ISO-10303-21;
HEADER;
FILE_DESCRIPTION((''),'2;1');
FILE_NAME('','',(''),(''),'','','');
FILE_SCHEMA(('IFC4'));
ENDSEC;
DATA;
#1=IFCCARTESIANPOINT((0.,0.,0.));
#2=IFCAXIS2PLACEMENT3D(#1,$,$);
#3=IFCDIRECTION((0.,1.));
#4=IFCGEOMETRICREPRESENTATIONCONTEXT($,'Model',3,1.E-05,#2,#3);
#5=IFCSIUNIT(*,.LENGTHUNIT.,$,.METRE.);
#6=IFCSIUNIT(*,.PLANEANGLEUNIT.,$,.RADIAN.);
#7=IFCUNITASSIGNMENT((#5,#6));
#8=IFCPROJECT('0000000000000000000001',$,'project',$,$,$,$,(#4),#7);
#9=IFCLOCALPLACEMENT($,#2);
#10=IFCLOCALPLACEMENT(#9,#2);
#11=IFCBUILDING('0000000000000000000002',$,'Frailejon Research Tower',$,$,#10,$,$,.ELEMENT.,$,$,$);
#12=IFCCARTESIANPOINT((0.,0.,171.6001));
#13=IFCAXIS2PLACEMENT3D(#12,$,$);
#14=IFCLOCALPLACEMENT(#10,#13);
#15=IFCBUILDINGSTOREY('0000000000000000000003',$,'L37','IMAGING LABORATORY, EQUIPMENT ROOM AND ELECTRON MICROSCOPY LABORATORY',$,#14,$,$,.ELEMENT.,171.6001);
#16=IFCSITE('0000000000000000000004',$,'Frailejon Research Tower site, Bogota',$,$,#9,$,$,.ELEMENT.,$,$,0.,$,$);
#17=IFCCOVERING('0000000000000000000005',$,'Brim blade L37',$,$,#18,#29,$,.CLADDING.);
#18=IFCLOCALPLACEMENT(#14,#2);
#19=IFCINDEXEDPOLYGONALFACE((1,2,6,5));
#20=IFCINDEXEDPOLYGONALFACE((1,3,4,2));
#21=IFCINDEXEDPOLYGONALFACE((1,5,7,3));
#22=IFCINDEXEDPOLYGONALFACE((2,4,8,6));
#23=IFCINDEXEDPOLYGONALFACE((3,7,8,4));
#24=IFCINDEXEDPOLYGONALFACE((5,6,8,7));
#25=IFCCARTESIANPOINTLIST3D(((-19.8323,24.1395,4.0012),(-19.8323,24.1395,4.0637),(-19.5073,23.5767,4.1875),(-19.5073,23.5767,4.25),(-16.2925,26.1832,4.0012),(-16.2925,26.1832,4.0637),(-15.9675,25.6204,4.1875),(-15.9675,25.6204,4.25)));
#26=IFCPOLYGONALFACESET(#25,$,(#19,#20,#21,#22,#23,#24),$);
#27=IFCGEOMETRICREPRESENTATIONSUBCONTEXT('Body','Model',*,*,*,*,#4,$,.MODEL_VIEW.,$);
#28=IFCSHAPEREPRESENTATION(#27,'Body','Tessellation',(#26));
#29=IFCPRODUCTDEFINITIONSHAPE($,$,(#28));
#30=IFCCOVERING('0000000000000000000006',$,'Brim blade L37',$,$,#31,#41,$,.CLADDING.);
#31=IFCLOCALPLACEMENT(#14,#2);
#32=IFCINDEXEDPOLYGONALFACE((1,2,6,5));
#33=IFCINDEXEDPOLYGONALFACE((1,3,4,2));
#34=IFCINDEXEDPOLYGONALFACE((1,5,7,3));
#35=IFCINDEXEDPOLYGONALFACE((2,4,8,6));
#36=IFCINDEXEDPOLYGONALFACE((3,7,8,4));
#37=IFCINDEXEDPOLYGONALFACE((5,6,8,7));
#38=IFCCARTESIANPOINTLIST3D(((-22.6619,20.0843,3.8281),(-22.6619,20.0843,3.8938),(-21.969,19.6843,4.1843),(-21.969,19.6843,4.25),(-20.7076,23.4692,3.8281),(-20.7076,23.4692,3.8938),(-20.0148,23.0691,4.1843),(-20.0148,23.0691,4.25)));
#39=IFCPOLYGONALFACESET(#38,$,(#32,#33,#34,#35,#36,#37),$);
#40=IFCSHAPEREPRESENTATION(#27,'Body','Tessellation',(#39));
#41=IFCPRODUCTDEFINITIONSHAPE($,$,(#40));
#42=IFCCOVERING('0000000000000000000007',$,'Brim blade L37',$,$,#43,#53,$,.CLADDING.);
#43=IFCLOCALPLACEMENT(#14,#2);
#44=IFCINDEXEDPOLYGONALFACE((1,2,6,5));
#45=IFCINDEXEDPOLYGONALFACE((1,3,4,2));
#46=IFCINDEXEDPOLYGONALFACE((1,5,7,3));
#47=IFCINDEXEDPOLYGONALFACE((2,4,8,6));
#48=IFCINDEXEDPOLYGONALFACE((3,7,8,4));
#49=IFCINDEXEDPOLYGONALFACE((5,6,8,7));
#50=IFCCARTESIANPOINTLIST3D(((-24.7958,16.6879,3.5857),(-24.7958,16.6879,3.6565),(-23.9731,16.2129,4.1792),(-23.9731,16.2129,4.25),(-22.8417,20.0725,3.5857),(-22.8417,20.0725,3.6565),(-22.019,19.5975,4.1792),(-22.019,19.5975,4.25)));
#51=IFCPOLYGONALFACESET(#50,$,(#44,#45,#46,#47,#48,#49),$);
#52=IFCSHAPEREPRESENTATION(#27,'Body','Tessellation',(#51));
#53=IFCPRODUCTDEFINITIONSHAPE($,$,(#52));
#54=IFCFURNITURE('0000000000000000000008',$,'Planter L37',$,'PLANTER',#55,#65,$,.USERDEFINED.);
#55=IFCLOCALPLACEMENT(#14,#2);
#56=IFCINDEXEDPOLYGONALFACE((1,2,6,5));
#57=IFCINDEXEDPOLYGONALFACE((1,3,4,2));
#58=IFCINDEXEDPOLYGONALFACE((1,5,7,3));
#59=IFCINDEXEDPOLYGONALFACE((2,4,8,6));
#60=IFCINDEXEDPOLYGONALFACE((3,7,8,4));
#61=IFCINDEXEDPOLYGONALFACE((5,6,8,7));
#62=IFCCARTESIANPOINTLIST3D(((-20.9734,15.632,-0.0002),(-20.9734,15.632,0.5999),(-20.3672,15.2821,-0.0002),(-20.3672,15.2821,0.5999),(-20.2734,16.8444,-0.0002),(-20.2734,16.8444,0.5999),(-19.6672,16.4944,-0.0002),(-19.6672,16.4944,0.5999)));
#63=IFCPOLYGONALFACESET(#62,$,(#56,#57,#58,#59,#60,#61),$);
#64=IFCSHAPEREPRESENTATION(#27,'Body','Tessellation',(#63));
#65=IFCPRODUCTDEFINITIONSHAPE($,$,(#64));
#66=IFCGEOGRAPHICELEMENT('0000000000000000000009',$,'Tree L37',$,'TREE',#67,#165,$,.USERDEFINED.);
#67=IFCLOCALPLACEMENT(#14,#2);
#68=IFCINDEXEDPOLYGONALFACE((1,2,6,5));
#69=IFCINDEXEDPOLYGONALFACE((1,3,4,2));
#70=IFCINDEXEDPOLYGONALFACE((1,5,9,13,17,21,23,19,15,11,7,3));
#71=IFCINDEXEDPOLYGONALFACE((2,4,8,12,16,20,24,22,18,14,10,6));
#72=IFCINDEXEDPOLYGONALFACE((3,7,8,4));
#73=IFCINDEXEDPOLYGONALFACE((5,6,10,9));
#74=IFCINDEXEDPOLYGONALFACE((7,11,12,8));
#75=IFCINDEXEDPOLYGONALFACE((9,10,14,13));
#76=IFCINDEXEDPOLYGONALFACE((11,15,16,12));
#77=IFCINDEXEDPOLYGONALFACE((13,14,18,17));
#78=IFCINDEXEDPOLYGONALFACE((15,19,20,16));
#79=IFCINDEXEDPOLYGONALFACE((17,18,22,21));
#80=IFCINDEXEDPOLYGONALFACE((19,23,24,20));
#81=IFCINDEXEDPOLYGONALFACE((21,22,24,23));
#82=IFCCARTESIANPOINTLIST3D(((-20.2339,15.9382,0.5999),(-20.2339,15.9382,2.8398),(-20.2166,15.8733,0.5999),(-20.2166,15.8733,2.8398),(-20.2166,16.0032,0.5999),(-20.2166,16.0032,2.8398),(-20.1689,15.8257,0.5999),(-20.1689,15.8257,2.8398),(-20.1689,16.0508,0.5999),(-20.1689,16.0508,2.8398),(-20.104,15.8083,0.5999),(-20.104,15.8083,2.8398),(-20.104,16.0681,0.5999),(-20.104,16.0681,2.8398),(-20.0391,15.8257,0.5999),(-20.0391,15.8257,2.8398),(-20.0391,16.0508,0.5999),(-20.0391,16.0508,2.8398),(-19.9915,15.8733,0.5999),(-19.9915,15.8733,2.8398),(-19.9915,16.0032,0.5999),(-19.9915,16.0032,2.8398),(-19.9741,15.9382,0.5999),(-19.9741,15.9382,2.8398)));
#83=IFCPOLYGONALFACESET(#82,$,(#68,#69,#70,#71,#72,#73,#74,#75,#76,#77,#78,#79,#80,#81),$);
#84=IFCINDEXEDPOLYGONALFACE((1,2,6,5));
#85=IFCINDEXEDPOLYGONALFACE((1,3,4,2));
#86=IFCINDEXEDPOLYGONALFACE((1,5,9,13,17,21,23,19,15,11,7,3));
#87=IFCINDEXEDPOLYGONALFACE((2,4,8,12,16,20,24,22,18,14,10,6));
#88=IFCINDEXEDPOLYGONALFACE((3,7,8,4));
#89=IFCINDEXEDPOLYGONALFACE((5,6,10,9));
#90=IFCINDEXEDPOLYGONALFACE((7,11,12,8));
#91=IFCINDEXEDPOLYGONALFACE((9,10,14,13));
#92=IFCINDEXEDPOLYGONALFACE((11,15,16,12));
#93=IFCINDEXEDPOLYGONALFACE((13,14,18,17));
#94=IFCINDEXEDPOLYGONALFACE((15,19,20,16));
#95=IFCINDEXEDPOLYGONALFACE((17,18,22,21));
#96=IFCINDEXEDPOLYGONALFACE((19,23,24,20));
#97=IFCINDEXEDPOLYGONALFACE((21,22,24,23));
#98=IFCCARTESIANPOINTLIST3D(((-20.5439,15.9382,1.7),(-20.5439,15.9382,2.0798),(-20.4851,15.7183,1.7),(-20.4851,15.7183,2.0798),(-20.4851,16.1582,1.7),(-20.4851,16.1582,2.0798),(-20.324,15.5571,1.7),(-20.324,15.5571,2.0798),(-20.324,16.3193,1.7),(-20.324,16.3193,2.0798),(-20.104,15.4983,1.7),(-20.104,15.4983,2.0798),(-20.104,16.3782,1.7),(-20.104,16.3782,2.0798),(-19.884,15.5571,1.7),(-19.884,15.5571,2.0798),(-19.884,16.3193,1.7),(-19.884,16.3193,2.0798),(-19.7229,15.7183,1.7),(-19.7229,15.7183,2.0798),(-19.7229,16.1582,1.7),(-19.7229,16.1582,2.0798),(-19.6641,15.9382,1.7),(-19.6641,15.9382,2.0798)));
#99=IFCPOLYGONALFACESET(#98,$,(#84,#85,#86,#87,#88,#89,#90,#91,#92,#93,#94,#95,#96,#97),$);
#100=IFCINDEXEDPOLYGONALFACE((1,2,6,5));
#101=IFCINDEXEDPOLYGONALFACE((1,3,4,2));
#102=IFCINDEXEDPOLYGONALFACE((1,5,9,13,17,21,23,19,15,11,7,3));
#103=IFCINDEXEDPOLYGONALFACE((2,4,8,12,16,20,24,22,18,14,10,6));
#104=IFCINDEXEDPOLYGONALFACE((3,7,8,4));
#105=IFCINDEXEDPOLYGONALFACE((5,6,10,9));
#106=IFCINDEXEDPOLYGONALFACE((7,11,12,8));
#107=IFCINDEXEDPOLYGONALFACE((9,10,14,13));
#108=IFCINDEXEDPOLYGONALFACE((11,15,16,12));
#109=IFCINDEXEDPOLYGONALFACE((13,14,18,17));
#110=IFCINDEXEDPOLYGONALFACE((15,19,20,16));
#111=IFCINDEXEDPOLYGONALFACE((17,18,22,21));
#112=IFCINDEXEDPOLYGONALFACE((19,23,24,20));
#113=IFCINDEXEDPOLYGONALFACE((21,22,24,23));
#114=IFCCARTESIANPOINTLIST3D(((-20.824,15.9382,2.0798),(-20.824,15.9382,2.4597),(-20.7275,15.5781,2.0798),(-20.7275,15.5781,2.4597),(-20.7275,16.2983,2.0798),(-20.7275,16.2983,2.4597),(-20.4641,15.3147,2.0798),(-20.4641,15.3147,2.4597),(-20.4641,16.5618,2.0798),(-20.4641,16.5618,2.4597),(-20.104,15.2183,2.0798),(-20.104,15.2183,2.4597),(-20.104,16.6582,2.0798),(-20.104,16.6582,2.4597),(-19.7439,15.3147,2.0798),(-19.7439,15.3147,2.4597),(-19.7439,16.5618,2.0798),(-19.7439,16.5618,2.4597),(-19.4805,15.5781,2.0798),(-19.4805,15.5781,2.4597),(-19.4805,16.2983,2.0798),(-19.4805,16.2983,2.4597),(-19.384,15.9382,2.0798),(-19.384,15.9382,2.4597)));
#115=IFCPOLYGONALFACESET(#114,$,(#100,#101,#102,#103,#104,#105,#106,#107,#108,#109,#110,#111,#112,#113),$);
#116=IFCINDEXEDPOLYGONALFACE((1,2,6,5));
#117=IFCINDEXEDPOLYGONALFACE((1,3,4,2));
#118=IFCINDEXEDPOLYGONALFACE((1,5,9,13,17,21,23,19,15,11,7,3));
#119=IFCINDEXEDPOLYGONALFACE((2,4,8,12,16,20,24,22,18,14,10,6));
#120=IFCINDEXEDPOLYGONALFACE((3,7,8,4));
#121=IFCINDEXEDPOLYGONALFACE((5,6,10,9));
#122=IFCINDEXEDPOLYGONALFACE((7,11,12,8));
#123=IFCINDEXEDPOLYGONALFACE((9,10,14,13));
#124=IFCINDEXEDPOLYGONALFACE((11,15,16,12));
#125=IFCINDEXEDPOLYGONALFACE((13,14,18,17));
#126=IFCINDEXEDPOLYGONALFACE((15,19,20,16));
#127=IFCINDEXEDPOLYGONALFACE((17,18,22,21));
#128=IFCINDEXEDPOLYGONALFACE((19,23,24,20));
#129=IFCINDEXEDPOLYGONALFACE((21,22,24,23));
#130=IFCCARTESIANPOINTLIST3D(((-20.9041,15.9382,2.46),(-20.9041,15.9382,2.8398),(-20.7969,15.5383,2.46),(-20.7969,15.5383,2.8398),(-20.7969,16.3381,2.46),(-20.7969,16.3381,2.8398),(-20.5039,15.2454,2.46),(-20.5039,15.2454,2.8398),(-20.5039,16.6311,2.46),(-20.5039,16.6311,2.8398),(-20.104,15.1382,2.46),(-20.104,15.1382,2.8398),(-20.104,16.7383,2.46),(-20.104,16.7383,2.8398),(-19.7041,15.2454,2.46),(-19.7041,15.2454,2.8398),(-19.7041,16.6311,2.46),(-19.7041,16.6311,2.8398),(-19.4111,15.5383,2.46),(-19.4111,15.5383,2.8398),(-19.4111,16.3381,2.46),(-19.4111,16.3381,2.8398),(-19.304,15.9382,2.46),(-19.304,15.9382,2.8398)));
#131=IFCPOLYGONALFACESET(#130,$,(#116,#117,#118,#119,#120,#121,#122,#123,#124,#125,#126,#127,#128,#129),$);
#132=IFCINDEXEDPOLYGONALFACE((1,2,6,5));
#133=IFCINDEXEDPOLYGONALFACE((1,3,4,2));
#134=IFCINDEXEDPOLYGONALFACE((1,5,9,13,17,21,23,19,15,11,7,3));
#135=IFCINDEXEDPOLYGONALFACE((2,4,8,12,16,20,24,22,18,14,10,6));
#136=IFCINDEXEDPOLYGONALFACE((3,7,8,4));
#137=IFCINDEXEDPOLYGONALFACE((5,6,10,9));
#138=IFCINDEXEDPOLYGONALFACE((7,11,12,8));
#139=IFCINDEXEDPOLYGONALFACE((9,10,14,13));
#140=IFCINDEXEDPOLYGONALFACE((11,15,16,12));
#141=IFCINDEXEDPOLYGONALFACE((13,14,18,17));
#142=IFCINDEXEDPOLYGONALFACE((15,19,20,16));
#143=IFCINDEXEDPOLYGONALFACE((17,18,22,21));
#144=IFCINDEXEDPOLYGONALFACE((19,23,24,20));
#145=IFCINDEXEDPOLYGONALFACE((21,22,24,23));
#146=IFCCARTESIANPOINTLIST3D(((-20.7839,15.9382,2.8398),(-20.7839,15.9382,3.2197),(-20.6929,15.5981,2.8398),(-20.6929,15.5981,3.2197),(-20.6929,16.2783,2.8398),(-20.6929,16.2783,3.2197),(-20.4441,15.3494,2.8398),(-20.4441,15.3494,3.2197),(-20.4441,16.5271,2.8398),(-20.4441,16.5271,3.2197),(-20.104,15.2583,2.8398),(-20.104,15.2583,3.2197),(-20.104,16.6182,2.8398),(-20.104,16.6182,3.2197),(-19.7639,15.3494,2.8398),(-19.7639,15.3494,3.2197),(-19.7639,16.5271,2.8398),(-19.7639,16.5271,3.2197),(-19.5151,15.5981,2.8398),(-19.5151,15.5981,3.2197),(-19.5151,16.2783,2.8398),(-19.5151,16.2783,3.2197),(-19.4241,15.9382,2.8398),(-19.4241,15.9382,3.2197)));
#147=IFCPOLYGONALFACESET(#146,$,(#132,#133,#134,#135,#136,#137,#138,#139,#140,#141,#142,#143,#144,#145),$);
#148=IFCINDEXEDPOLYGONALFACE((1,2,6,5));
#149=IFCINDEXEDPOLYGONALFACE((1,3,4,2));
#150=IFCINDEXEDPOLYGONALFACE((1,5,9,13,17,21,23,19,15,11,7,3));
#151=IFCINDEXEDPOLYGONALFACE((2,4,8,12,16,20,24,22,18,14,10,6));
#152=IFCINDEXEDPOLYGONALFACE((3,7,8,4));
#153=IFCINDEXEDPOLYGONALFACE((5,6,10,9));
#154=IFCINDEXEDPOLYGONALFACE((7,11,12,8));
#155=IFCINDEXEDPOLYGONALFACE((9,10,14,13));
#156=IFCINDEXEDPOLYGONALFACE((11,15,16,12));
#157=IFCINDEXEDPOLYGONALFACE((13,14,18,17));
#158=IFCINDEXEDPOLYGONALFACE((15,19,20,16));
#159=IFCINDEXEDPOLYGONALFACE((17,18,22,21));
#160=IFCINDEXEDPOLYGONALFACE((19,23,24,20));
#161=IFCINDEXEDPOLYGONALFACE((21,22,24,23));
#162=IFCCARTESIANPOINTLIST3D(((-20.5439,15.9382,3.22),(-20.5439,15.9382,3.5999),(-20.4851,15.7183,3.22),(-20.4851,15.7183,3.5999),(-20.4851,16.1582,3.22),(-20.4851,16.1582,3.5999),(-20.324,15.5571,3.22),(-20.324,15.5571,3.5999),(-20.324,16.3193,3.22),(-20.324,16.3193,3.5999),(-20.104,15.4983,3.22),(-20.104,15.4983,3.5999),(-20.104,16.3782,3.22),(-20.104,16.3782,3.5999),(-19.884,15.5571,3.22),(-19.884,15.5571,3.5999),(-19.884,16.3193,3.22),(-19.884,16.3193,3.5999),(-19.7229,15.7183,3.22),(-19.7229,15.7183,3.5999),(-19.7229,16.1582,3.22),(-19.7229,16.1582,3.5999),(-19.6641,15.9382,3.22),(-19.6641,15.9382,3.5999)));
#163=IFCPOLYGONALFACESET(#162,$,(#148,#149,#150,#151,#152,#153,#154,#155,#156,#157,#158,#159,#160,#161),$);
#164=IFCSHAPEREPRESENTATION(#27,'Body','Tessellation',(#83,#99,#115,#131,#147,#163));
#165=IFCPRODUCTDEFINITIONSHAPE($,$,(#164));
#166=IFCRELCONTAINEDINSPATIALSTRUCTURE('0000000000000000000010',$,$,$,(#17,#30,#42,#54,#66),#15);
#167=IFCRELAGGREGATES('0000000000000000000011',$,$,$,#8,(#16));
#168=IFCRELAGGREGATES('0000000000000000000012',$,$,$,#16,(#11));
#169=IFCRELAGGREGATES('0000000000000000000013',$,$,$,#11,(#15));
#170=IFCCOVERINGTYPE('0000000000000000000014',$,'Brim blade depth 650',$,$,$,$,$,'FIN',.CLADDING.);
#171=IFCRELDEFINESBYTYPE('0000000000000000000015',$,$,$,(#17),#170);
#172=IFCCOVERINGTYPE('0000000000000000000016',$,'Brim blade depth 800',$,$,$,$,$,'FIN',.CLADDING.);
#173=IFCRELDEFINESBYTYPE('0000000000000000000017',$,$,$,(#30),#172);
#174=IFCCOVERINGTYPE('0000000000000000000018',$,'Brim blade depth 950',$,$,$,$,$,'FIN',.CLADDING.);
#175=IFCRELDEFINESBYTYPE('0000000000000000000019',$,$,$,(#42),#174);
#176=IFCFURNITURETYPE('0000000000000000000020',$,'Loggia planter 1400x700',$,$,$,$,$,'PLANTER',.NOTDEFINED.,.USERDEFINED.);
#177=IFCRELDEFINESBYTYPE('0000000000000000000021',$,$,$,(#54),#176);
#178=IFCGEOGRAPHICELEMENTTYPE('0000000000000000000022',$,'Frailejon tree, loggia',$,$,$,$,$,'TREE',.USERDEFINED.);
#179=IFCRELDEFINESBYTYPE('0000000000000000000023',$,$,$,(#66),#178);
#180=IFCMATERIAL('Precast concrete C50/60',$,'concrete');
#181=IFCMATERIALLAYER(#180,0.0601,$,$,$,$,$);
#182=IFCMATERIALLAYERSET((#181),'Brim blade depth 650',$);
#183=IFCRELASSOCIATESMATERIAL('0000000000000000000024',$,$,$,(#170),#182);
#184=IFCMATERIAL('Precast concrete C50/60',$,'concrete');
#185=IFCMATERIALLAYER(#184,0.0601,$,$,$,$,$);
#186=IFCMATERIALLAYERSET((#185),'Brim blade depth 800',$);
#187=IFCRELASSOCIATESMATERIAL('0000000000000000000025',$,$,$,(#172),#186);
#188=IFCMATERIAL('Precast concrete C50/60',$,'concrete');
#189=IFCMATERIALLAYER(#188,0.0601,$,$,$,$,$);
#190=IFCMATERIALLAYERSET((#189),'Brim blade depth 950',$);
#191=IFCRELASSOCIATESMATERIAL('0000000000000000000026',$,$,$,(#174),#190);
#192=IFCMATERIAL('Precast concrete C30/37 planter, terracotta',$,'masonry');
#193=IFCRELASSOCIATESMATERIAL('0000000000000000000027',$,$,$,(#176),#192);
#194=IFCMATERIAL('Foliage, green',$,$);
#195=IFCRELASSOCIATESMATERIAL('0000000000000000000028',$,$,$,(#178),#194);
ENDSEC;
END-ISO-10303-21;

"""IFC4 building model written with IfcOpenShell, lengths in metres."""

from ifc_helpers import new_model, si_unit, direction, frame, origin, origin_2d, place, context, subcontext, project, spatial, polyline, rectangle, outline, extrude, material, layer, layer_set, type_object, element, save


model = new_model("IFC4")

# Units and contexts
model_context = context("Model", 3, precision=1e-05, world=origin(), true_north=direction((0.0, 1.0)))
body_context = subcontext(model_context, "Body", "Model", "MODEL_VIEW")
ifc_project = project(units=[si_unit("LENGTHUNIT", "METRE"), si_unit("PLANEANGLEUNIT", "RADIAN")], contexts=[model_context])

# Site, building, storey
site_placement = place(None, origin())
site = spatial("IfcSite", under=ifc_project, at=site_placement, Name="Frailejon Research Tower site, Bogota", CompositionType="ELEMENT", RefElevation=0.0)
building_placement = place(site_placement, origin())
building = spatial("IfcBuilding", under=site, at=building_placement, Name="Frailejon Research Tower", CompositionType="ELEMENT")
storey_placement = place(building_placement, frame((0.0, 0.0, 171.6001)))
storey = spatial("IfcBuildingStorey", under=building, at=storey_placement, Name="L37", Description="IMAGING LABORATORY, EQUIPMENT ROOM AND ELECTRON MICROSCOPY LABORATORY", CompositionType="ELEMENT", Elevation=171.6001)

# Coverings
ifc_material_1 = material(Name="Precast concrete C50/60", Category="concrete")
ifc_layer_1 = layer(ifc_material_1, 0.0601)
ifc_layer_set_1 = layer_set([ifc_layer_1], Name="Brim blade depth 650")
covering_type_1 = type_object("IfcCoveringType", Name="Brim blade depth 650", ElementType="FIN", PredefinedType="CLADDING", material=ifc_layer_set_1)
covering_1_placement = place(storey_placement, frame((-19.5073, 23.5767, 4.25), z_axis=(0.866021, 0.500007, 0.0), x_axis=(-0.500007, 0.866021, 0.0)))
element("IfcCovering", 1, at=covering_1_placement, inside=storey, type_object=covering_type_1, Name="Brim blade L37", PredefinedType="CLADDING", context=body_context, shape_type="SweptSolid", body=[
    extrude(outline(polyline([(0.0, -0.0625), (0.6499, -0.2488), (0.6499, -0.1863), (0.0, 0.0), (0.0, -0.0625)])), origin(), (0.0, 0.0, 1.0), 4.0874),
])
ifc_material_2 = material(Name="Precast concrete C50/60", Category="concrete")
ifc_layer_2 = layer(ifc_material_2, 0.0601)
ifc_layer_set_2 = layer_set([ifc_layer_2], Name="Brim blade depth 800")
covering_type_2 = type_object("IfcCoveringType", Name="Brim blade depth 800", ElementType="FIN", PredefinedType="CLADDING", material=ifc_layer_set_2)
covering_2_placement = place(storey_placement, frame((-21.969, 19.6843, 4.25), z_axis=(0.499997, 0.866027, 0.0), x_axis=(-0.866027, 0.499997, 0.0)))
element("IfcCovering", 2, at=covering_2_placement, inside=storey, type_object=covering_type_2, Name="Brim blade L37", PredefinedType="CLADDING", context=body_context, shape_type="SweptSolid", body=[
    extrude(outline(polyline([(0.0, -0.0657), (0.8, -0.4219), (0.8, -0.3562), (0.0, 0.0), (0.0, -0.0657)])), origin(), (0.0, 0.0, 1.0), 3.9084),
])
ifc_material_3 = material(Name="Precast concrete C50/60", Category="concrete")
ifc_layer_3 = layer(ifc_material_3, 0.0601)
ifc_layer_set_3 = layer_set([ifc_layer_3], Name="Brim blade depth 950")
covering_type_3 = type_object("IfcCoveringType", Name="Brim blade depth 950", ElementType="FIN", PredefinedType="CLADDING", material=ifc_layer_set_3)
covering_3_placement = place(storey_placement, frame((-23.9731, 16.2129, 4.25), z_axis=(0.500008, 0.866021, 0.0), x_axis=(-0.866021, 0.500008, 0.0)))
element("IfcCovering", 3, at=covering_3_placement, inside=storey, type_object=covering_type_3, Name="Brim blade L37", PredefinedType="CLADDING", context=body_context, shape_type="SweptSolid", body=[
    extrude(outline(polyline([(0.0, -0.0708), (0.95, -0.6643), (0.95, -0.5935), (0.0, 0.0), (0.0, -0.0708)])), origin(), (0.0, 0.0, 1.0), 3.9082),
])

# Furniture
ifc_material_4 = material(Name="Precast concrete C30/37 planter, terracotta", Category="masonry")
furniture_type = type_object("IfcFurnitureType", Name="Loggia planter 1400x700", ElementType="PLANTER", AssemblyPlace="NOTDEFINED", PredefinedType="USERDEFINED", material=ifc_material_4)
furniture_placement = place(storey_placement, frame((-20.3203, 16.0632, -0.0002), z_axis=(0.0, 0.0, 1.0), x_axis=(-0.5, -0.866025, 0.0)))
element("IfcFurniture", 4, at=furniture_placement, inside=storey, type_object=furniture_type, Name="Planter L37", ObjectType="PLANTER", PredefinedType="USERDEFINED", context=body_context, shape_type="SweptSolid", body=[
    extrude(rectangle(XDim=1.3999, YDim=0.7, at=origin_2d()), origin(), (0.0, 0.0, 1.0), 0.6001),
])

# Geographic element
ifc_material_5 = material(Name="Foliage, green")
geographic_element_type = type_object("IfcGeographicElementType", Name="Frailejon tree, loggia", ElementType="TREE", PredefinedType="USERDEFINED", material=ifc_material_5)
geographic_element_placement = place(storey_placement, frame((-20.104, 15.9382, 0.5999)))
element("IfcGeographicElement", 5, at=geographic_element_placement, inside=storey, type_object=geographic_element_type, Name="Tree L37", ObjectType="TREE", PredefinedType="USERDEFINED", context=body_context, shape_type="SweptSolid", body=[
    extrude(outline(polyline([(0.1299, 0.0), (0.1125, 0.0649), (0.0649, 0.1125), (0.0, 0.1299), (-0.0649, 0.1125), (-0.1125, 0.0649), (-0.1299, 0.0), (-0.1125, -0.0649), (-0.0649, -0.1125), (0.0, -0.1299), (0.0649, -0.1125), (0.1125, -0.0649), (0.1299, 0.0)])), origin(), (0.0, 0.0, 1.0), 2.24),
    extrude(outline(polyline([(0.4399, 0.0), (0.3811, 0.22), (0.22, 0.3811), (0.0, 0.4399), (-0.22, 0.3811), (-0.3811, 0.22), (-0.4399, 0.0), (-0.3811, -0.22), (-0.22, -0.3811), (0.0, -0.4399), (0.22, -0.3811), (0.3811, -0.22), (0.4399, 0.0)])), frame((0.0, 0.0, 1.1001)), (0.0, 0.0, 1.0), 0.3799),
    extrude(outline(polyline([(0.72, 0.0), (0.6235, 0.3601), (0.3601, 0.6235), (0.0, 0.72), (-0.3601, 0.6235), (-0.6235, 0.3601), (-0.72, 0.0), (-0.6235, -0.3601), (-0.3601, -0.6235), (0.0, -0.72), (0.3601, -0.6235), (0.6235, -0.3601), (0.72, 0.0)])), frame((0.0, 0.0, 1.48)), (0.0, 0.0, 1.0), 0.3799),
    extrude(outline(polyline([(0.8, 0.0), (0.6929, 0.3999), (0.3999, 0.6929), (0.0, 0.8), (-0.3999, 0.6929), (-0.6929, 0.3999), (-0.8, 0.0), (-0.6929, -0.3999), (-0.3999, -0.6929), (0.0, -0.8), (0.3999, -0.6929), (0.6929, -0.3999), (0.8, 0.0)])), frame((0.0, 0.0, 1.8601)), (0.0, 0.0, 1.0), 0.3799),
    extrude(outline(polyline([(0.6799, 0.0), (0.5889, 0.3401), (0.3401, 0.5889), (0.0, 0.6799), (-0.3401, 0.5889), (-0.5889, 0.3401), (-0.6799, 0.0), (-0.5889, -0.3401), (-0.3401, -0.5889), (0.0, -0.6799), (0.3401, -0.5889), (0.5889, -0.3401), (0.6799, 0.0)])), frame((0.0, 0.0, 2.24)), (0.0, 0.0, 1.0), 0.3799),
    extrude(outline(polyline([(0.4399, 0.0), (0.3811, 0.22), (0.22, 0.3811), (0.0, 0.4399), (-0.22, 0.3811), (-0.3811, 0.22), (-0.4399, 0.0), (-0.3811, -0.22), (-0.22, -0.3811), (0.0, -0.4399), (0.22, -0.3811), (0.3811, -0.22), (0.4399, 0.0)])), frame((0.0, 0.0, 2.6201)), (0.0, 0.0, 1.0), 0.3799),
])

save(model, "model.ifc")
